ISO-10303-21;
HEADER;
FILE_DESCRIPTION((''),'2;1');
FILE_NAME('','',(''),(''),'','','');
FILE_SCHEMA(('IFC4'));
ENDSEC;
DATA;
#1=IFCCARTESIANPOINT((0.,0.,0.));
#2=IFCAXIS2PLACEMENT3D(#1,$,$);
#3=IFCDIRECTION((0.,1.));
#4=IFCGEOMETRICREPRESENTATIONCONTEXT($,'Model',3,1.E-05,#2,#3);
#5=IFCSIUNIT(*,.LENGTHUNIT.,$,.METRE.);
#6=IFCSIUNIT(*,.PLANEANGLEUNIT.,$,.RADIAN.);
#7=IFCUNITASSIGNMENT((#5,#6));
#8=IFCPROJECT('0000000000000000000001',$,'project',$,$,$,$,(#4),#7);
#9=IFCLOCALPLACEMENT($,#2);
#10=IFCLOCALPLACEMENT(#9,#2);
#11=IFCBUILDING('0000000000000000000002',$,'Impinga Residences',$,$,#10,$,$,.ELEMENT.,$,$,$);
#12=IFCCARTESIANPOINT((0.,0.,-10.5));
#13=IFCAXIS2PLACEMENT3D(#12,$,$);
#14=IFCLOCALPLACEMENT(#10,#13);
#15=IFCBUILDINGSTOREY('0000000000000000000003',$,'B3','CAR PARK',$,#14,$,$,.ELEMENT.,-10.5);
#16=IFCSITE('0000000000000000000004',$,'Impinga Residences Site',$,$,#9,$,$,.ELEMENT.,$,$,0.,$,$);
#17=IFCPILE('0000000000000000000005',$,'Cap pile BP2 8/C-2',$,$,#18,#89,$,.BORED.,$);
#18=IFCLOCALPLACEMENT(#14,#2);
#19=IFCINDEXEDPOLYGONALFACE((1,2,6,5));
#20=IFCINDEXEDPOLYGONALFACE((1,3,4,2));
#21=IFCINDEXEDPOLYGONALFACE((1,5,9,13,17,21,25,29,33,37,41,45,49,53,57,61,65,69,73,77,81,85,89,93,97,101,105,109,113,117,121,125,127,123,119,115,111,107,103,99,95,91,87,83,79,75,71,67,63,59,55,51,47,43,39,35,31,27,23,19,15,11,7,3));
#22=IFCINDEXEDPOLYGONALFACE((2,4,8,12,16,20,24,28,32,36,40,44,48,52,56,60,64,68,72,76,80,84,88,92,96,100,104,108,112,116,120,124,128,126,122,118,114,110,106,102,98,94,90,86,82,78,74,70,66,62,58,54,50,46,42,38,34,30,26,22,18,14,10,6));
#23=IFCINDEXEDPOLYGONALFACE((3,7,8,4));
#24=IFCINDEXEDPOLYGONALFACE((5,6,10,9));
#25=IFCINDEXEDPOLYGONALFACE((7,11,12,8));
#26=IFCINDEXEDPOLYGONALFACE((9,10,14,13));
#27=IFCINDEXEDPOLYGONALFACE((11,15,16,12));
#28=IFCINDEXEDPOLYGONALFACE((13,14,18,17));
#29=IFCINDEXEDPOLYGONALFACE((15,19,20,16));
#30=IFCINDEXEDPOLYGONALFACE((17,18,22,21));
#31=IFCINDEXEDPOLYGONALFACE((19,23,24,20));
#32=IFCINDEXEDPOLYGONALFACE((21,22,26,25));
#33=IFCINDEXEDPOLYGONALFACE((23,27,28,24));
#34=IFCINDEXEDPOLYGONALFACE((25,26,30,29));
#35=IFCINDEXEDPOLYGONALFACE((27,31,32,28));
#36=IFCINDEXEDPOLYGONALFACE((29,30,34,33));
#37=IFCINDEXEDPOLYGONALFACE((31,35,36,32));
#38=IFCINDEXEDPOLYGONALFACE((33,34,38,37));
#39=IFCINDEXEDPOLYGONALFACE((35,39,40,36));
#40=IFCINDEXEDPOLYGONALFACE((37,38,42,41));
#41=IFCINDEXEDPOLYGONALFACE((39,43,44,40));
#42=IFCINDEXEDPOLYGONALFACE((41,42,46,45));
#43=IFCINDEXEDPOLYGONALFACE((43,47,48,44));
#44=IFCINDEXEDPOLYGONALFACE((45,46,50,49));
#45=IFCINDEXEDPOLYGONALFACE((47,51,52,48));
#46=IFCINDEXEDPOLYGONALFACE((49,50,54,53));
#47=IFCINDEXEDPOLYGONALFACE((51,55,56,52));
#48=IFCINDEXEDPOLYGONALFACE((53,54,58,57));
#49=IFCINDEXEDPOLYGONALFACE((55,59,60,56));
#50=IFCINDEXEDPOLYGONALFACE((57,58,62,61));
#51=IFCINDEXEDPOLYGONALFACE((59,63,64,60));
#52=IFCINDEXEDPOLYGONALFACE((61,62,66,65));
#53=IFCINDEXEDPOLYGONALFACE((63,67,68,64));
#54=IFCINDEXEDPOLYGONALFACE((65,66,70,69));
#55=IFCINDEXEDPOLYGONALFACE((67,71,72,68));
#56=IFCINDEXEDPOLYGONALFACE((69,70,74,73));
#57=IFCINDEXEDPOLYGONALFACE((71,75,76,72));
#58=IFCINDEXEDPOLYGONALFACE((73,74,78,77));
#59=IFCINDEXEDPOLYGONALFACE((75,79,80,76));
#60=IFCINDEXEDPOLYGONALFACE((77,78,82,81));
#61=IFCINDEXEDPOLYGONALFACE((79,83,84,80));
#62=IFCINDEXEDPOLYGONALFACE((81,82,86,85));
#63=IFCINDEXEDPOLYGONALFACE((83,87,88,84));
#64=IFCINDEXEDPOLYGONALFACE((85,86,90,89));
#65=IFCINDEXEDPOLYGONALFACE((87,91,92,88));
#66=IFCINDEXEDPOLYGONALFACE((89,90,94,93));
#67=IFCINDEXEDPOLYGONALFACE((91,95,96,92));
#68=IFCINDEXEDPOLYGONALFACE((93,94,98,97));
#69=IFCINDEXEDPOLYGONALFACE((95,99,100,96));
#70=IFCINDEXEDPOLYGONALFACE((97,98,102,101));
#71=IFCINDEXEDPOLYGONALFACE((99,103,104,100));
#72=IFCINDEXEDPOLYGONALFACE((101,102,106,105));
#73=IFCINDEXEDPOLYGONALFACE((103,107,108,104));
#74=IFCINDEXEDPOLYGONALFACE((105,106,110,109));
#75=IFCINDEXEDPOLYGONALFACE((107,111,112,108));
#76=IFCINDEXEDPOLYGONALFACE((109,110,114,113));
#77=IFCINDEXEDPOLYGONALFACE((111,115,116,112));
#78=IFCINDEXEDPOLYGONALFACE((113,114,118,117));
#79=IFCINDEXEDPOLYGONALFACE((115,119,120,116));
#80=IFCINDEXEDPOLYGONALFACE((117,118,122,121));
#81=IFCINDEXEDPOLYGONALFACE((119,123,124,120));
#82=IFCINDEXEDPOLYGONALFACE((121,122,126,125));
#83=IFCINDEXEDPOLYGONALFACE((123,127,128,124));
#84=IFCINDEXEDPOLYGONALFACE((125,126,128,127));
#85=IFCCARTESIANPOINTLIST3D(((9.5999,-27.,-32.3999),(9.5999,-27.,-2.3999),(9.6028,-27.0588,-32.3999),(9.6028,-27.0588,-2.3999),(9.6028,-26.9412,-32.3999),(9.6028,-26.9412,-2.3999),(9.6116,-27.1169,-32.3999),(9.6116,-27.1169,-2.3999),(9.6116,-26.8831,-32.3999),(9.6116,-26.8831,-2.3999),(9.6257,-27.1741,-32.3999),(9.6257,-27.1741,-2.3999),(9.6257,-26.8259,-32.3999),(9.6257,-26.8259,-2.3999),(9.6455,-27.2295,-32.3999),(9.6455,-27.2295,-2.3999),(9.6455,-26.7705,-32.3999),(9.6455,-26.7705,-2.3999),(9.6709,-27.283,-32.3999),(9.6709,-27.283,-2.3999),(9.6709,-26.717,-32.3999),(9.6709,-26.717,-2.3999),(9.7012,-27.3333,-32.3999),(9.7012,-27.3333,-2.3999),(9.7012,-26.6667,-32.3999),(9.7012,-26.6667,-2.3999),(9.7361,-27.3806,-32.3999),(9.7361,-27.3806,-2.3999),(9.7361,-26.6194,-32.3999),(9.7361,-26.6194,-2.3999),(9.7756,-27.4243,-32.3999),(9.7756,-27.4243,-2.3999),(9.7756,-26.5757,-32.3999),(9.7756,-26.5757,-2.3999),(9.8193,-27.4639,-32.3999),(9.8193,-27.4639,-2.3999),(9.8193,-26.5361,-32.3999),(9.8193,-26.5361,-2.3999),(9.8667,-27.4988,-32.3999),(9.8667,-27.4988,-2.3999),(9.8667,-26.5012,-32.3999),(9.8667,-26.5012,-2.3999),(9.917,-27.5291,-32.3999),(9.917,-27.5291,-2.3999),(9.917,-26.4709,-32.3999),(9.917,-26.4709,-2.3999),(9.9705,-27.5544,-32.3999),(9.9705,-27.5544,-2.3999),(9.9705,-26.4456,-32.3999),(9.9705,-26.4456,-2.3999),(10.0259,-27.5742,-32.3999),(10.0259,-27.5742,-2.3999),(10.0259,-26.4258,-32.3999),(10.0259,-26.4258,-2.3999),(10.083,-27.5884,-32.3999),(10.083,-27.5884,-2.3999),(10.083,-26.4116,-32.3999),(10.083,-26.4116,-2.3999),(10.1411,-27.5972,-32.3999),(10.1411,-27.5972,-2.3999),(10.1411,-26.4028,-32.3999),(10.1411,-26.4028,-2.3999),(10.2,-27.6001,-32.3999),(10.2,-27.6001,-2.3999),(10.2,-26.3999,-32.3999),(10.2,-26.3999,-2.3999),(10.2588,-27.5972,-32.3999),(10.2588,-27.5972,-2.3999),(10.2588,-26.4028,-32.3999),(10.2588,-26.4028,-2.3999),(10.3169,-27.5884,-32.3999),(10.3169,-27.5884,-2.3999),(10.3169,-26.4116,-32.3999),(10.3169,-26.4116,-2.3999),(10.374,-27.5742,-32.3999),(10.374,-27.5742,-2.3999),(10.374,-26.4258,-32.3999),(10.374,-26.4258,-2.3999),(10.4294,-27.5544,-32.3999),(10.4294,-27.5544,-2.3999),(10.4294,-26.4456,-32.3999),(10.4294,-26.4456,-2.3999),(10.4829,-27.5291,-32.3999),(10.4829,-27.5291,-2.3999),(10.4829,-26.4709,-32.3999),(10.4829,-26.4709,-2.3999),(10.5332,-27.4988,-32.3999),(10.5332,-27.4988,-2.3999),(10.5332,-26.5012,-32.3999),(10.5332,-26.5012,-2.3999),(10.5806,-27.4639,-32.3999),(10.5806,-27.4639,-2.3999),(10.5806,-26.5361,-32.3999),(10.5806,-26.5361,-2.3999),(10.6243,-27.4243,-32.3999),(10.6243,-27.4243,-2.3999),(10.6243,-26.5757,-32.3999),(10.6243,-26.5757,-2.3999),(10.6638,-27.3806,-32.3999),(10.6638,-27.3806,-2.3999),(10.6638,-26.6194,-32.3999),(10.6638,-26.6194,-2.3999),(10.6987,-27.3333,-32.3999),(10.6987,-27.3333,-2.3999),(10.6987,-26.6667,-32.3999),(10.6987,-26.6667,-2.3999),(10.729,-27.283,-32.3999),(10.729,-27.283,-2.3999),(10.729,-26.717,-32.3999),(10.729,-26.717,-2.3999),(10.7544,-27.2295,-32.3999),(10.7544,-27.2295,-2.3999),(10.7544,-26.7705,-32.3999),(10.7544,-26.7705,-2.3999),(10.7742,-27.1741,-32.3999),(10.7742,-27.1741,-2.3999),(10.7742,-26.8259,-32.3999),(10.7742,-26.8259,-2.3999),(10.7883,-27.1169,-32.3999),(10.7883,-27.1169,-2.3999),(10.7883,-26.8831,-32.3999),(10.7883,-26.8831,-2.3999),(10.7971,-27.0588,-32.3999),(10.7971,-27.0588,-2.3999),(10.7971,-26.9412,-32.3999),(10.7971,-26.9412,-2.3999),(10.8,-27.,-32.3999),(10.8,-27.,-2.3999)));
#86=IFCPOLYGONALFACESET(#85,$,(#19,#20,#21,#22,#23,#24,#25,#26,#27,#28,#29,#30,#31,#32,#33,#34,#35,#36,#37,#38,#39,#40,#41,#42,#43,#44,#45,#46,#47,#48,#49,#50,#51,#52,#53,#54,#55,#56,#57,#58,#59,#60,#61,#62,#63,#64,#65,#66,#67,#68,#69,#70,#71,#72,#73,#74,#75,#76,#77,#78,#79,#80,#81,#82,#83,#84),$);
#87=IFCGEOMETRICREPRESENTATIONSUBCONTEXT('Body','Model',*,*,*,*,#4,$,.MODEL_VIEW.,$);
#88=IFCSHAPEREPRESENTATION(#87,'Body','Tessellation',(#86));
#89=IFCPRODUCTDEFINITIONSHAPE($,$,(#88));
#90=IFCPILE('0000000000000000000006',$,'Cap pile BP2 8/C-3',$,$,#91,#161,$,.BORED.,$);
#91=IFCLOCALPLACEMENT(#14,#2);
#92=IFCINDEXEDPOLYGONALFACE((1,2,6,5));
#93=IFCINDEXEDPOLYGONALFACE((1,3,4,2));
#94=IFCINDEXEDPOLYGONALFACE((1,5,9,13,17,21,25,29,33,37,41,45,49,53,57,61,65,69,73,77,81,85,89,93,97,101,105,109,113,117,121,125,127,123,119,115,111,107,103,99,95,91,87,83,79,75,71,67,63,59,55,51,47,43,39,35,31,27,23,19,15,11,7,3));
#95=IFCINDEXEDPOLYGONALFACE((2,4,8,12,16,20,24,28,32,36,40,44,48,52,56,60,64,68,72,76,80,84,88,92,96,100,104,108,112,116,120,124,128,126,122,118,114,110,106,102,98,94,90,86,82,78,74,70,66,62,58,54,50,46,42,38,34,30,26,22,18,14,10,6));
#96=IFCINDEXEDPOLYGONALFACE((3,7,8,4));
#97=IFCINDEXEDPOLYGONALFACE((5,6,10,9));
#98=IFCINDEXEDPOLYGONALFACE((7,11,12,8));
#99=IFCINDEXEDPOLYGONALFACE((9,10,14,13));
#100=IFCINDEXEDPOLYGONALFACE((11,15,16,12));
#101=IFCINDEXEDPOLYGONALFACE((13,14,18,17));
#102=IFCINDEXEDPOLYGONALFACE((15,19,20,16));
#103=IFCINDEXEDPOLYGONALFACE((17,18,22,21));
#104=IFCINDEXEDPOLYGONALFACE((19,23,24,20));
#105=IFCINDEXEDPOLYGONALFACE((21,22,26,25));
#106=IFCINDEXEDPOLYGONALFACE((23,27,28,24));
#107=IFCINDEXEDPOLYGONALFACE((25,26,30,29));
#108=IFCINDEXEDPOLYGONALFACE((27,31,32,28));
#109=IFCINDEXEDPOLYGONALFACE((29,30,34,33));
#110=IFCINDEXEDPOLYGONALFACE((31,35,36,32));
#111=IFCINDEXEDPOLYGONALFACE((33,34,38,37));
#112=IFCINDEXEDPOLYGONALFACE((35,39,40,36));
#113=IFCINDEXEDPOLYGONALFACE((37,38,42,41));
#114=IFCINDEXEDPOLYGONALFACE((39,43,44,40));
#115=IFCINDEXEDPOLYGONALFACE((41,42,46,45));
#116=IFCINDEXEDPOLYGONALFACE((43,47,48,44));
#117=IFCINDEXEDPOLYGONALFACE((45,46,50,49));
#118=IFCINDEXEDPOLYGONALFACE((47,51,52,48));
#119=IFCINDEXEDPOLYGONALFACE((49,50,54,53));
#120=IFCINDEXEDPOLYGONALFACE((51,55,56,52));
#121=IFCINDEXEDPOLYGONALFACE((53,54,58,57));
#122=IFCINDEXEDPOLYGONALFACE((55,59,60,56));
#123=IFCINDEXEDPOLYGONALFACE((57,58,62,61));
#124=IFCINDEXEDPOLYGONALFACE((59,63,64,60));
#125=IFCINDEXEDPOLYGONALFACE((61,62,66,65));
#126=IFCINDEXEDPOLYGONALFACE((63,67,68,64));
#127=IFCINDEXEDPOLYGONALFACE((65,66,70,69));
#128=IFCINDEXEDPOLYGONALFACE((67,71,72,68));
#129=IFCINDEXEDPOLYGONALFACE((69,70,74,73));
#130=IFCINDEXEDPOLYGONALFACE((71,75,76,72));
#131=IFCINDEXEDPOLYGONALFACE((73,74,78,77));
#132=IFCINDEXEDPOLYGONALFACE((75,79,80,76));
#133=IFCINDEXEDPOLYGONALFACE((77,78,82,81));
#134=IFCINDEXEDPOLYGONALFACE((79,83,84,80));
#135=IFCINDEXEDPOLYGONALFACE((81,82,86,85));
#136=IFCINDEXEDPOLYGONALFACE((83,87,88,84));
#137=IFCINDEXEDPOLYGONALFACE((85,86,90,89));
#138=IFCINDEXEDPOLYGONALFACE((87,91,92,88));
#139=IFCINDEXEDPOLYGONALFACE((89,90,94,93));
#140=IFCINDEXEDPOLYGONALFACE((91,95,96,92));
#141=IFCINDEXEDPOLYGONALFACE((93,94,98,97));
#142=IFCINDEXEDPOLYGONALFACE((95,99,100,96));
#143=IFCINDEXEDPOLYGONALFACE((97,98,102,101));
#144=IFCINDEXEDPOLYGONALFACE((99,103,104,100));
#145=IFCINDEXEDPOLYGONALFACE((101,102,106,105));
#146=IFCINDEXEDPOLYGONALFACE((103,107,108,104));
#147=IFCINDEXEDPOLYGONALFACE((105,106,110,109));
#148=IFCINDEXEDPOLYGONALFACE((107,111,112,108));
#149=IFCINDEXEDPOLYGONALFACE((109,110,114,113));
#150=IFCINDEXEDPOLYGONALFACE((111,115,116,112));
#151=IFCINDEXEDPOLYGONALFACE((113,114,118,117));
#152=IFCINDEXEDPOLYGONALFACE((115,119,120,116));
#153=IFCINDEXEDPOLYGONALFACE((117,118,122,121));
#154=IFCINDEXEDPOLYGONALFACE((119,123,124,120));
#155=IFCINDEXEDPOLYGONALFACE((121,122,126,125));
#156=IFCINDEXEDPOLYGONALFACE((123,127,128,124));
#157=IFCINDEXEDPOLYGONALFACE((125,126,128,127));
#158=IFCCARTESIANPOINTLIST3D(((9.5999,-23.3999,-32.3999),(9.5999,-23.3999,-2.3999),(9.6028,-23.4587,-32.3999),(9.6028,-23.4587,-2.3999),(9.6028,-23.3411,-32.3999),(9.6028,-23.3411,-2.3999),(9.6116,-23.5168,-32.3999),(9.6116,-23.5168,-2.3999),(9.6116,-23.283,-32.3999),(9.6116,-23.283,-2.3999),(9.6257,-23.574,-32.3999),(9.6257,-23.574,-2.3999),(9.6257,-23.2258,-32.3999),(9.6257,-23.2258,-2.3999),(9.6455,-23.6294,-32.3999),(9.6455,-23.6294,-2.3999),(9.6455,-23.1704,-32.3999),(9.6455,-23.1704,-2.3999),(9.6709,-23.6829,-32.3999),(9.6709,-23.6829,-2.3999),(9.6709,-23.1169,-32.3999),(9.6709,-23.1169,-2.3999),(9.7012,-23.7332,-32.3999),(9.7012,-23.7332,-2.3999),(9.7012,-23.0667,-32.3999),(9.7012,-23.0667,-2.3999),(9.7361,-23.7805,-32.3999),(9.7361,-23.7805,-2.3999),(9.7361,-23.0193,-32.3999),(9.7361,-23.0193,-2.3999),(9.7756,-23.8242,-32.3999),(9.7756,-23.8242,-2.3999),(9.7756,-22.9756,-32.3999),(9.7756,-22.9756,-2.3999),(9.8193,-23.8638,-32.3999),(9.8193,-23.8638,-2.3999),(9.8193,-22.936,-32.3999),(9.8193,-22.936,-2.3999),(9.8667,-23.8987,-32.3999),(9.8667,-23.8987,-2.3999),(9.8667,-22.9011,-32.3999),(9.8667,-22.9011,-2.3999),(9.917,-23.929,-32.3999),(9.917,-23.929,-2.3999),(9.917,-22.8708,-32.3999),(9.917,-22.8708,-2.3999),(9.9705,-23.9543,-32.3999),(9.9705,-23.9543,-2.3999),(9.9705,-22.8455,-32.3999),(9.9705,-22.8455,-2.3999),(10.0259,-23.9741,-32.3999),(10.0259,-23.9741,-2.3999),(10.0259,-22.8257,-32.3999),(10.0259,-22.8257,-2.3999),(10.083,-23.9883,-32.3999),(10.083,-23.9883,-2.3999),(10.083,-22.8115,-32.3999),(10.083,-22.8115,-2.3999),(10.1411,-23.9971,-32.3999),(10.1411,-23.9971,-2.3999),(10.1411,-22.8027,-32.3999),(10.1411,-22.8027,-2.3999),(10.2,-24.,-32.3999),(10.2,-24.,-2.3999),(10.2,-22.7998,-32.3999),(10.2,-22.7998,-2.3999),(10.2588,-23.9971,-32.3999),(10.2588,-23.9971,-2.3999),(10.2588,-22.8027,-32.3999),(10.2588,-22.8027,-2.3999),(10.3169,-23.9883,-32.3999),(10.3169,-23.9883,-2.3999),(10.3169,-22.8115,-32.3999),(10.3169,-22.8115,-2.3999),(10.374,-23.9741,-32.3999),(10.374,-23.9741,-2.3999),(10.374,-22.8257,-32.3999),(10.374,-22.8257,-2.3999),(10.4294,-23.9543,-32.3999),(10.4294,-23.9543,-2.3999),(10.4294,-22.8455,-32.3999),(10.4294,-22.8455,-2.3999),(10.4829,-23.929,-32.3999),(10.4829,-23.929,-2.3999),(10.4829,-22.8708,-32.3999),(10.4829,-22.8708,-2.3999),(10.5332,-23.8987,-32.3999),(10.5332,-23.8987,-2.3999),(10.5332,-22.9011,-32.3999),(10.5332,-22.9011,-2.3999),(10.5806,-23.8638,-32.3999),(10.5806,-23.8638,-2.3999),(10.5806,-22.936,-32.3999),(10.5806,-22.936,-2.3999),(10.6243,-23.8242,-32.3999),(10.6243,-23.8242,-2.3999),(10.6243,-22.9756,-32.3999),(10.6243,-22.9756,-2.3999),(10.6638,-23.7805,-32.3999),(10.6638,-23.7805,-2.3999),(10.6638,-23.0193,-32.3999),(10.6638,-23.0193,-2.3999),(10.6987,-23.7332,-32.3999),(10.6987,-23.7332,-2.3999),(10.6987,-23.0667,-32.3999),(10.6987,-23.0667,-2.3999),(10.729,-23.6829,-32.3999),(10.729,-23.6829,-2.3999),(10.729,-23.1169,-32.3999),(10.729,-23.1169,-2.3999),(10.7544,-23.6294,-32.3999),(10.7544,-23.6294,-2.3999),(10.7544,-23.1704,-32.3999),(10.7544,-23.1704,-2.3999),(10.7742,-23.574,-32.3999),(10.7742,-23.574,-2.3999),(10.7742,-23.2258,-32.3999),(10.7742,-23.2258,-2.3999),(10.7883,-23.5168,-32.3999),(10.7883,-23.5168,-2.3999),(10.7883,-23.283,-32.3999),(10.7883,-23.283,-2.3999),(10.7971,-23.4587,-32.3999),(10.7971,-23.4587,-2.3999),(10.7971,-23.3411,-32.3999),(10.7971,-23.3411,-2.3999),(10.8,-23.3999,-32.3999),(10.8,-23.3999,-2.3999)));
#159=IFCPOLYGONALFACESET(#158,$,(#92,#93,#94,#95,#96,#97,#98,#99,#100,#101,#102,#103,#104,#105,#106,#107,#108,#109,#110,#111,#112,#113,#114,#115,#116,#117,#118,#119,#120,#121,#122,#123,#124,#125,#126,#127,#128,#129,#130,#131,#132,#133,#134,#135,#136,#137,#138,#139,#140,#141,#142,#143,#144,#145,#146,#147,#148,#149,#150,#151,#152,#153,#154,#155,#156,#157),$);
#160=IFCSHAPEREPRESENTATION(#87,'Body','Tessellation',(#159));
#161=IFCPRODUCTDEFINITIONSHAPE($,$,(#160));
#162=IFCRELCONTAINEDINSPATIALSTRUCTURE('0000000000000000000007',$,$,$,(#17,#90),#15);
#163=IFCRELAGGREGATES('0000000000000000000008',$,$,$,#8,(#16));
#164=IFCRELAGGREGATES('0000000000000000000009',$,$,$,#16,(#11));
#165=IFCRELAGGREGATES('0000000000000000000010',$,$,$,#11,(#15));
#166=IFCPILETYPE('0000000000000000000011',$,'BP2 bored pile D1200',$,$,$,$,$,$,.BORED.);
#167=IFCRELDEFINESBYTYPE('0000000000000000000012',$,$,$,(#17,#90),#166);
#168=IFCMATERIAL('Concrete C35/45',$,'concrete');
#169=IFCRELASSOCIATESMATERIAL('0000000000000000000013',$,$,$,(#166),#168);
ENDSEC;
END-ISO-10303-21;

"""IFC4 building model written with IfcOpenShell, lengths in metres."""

from ifc_helpers import new_model, si_unit, direction, frame, origin, origin_2d, place, context, subcontext, project, spatial, polyline, circle, outline, extrude, material, material_profile, profile_set, type_object, element, save


model = new_model("IFC4")

# Units and contexts
model_context = context("Model", 3, precision=1e-05, world=origin(), true_north=direction((0.0, 1.0)))
body_context = subcontext(model_context, "Body", "Model", "MODEL_VIEW")
ifc_project = project(units=[si_unit("LENGTHUNIT", "METRE"), si_unit("PLANEANGLEUNIT", "RADIAN")], contexts=[model_context])

# Site, building, storey
site_placement = place(None, origin())
site = spatial("IfcSite", under=ifc_project, at=site_placement, Name="Impinga Residences Site", CompositionType="ELEMENT", RefElevation=0.0)
building_placement = place(site_placement, origin())
building = spatial("IfcBuilding", under=site, at=building_placement, Name="Impinga Residences", CompositionType="ELEMENT")
storey_placement = place(building_placement, frame((0.0, 0.0, -10.5)))
storey = spatial("IfcBuildingStorey", under=building, at=storey_placement, Name="B3", Description="CAR PARK", CompositionType="ELEMENT", Elevation=-10.5)

# Piles
ifc_material_1 = material(Name="Concrete C35/45", Category="concrete")
ifc_material_profile_1 = material_profile(ifc_material_1, circle(Radius=0.6001, at=origin_2d()), Name="D1200")
ifc_profile_set_1 = profile_set([ifc_material_profile_1], Name="Concrete C35/45")
pile_type = type_object("IfcPileType", Name="BP2 bored pile D1200", PredefinedType="BORED", material=ifc_profile_set_1)
pile_1_placement = place(storey_placement, frame((10.2, -27.0, -2.3999), z_axis=(0.0, 0.0, -1.0), x_axis=(1.0, 0.0, 0.0)))
element("IfcPile", 1, at=pile_1_placement, inside=storey, type_object=pile_type, Name="Cap pile BP2 8/C-2", PredefinedType="BORED", context=body_context, shape_type="SweptSolid", body=[
    extrude(outline(polyline([(0.6001, 0.0), (0.5972, 0.0588), (0.5884, 0.1169), (0.5742, 0.1741), (0.5544, 0.2295), (0.5291, 0.283), (0.4988, 0.3333), (0.4639, 0.3806), (0.4243, 0.4243), (0.3806, 0.4639), (0.3333, 0.4988), (0.283, 0.5291), (0.2295, 0.5544), (0.1741, 0.5742), (0.1169, 0.5884), (0.0588, 0.5972), (0.0, 0.6001), (-0.0588, 0.5972), (-0.1169, 0.5884), (-0.1741, 0.5742), (-0.2295, 0.5544), (-0.283, 0.5291), (-0.3333, 0.4988), (-0.3806, 0.4639), (-0.4243, 0.4243), (-0.4639, 0.3806), (-0.4988, 0.3333), (-0.5291, 0.283), (-0.5544, 0.2295), (-0.5742, 0.1741), (-0.5884, 0.1169), (-0.5972, 0.0588), (-0.6001, 0.0), (-0.5972, -0.0588), (-0.5884, -0.1169), (-0.5742, -0.1741), (-0.5544, -0.2295), (-0.5291, -0.283), (-0.4988, -0.3333), (-0.4639, -0.3806), (-0.4243, -0.4243), (-0.3806, -0.4639), (-0.3333, -0.4988), (-0.283, -0.5291), (-0.2295, -0.5544), (-0.1741, -0.5742), (-0.1169, -0.5884), (-0.0588, -0.5972), (0.0, -0.6001), (0.0588, -0.5972), (0.1169, -0.5884), (0.1741, -0.5742), (0.2295, -0.5544), (0.283, -0.5291), (0.3333, -0.4988), (0.3806, -0.4639), (0.4243, -0.4243), (0.4639, -0.3806), (0.4988, -0.3333), (0.5291, -0.283), (0.5544, -0.2295), (0.5742, -0.1741), (0.5884, -0.1169), (0.5972, -0.0588), (0.6001, 0.0)])), origin(), (0.0, 0.0, 1.0), 30.0),
])
pile_2_placement = place(storey_placement, frame((10.2, -23.3999, -2.3999), z_axis=(0.0, 0.0, -1.0), x_axis=(1.0, 0.0, 0.0)))
element("IfcPile", 2, at=pile_2_placement, inside=storey, type_object=pile_type, Name="Cap pile BP2 8/C-3", PredefinedType="BORED", context=body_context, shape_type="SweptSolid", body=[
    extrude(outline(polyline([(0.6001, 0.0), (0.5972, 0.0588), (0.5884, 0.1169), (0.5742, 0.1741), (0.5544, 0.2295), (0.5291, 0.283), (0.4988, 0.3333), (0.4639, 0.3806), (0.4243, 0.4243), (0.3806, 0.4639), (0.3333, 0.4988), (0.283, 0.5291), (0.2295, 0.5544), (0.1741, 0.5742), (0.1169, 0.5884), (0.0588, 0.5972), (0.0, 0.6001), (-0.0588, 0.5972), (-0.1169, 0.5884), (-0.1741, 0.5742), (-0.2295, 0.5544), (-0.283, 0.5291), (-0.3333, 0.4988), (-0.3806, 0.4639), (-0.4243, 0.4243), (-0.4639, 0.3806), (-0.4988, 0.3333), (-0.5291, 0.283), (-0.5544, 0.2295), (-0.5742, 0.1741), (-0.5884, 0.1169), (-0.5972, 0.0588), (-0.6001, 0.0), (-0.5972, -0.0588), (-0.5884, -0.1169), (-0.5742, -0.1741), (-0.5544, -0.2295), (-0.5291, -0.283), (-0.4988, -0.3333), (-0.4639, -0.3806), (-0.4243, -0.4243), (-0.3806, -0.4639), (-0.3333, -0.4988), (-0.283, -0.5291), (-0.2295, -0.5544), (-0.1741, -0.5742), (-0.1169, -0.5884), (-0.0588, -0.5972), (0.0, -0.6001), (0.0588, -0.5972), (0.1169, -0.5884), (0.1741, -0.5742), (0.2295, -0.5544), (0.283, -0.5291), (0.3333, -0.4988), (0.3806, -0.4639), (0.4243, -0.4243), (0.4639, -0.3806), (0.4988, -0.3333), (0.5291, -0.283), (0.5544, -0.2295), (0.5742, -0.1741), (0.5884, -0.1169), (0.5972, -0.0588), (0.6001, 0.0)])), origin(), (0.0, 0.0, 1.0), 30.0),
])

save(model, "model.ifc")
